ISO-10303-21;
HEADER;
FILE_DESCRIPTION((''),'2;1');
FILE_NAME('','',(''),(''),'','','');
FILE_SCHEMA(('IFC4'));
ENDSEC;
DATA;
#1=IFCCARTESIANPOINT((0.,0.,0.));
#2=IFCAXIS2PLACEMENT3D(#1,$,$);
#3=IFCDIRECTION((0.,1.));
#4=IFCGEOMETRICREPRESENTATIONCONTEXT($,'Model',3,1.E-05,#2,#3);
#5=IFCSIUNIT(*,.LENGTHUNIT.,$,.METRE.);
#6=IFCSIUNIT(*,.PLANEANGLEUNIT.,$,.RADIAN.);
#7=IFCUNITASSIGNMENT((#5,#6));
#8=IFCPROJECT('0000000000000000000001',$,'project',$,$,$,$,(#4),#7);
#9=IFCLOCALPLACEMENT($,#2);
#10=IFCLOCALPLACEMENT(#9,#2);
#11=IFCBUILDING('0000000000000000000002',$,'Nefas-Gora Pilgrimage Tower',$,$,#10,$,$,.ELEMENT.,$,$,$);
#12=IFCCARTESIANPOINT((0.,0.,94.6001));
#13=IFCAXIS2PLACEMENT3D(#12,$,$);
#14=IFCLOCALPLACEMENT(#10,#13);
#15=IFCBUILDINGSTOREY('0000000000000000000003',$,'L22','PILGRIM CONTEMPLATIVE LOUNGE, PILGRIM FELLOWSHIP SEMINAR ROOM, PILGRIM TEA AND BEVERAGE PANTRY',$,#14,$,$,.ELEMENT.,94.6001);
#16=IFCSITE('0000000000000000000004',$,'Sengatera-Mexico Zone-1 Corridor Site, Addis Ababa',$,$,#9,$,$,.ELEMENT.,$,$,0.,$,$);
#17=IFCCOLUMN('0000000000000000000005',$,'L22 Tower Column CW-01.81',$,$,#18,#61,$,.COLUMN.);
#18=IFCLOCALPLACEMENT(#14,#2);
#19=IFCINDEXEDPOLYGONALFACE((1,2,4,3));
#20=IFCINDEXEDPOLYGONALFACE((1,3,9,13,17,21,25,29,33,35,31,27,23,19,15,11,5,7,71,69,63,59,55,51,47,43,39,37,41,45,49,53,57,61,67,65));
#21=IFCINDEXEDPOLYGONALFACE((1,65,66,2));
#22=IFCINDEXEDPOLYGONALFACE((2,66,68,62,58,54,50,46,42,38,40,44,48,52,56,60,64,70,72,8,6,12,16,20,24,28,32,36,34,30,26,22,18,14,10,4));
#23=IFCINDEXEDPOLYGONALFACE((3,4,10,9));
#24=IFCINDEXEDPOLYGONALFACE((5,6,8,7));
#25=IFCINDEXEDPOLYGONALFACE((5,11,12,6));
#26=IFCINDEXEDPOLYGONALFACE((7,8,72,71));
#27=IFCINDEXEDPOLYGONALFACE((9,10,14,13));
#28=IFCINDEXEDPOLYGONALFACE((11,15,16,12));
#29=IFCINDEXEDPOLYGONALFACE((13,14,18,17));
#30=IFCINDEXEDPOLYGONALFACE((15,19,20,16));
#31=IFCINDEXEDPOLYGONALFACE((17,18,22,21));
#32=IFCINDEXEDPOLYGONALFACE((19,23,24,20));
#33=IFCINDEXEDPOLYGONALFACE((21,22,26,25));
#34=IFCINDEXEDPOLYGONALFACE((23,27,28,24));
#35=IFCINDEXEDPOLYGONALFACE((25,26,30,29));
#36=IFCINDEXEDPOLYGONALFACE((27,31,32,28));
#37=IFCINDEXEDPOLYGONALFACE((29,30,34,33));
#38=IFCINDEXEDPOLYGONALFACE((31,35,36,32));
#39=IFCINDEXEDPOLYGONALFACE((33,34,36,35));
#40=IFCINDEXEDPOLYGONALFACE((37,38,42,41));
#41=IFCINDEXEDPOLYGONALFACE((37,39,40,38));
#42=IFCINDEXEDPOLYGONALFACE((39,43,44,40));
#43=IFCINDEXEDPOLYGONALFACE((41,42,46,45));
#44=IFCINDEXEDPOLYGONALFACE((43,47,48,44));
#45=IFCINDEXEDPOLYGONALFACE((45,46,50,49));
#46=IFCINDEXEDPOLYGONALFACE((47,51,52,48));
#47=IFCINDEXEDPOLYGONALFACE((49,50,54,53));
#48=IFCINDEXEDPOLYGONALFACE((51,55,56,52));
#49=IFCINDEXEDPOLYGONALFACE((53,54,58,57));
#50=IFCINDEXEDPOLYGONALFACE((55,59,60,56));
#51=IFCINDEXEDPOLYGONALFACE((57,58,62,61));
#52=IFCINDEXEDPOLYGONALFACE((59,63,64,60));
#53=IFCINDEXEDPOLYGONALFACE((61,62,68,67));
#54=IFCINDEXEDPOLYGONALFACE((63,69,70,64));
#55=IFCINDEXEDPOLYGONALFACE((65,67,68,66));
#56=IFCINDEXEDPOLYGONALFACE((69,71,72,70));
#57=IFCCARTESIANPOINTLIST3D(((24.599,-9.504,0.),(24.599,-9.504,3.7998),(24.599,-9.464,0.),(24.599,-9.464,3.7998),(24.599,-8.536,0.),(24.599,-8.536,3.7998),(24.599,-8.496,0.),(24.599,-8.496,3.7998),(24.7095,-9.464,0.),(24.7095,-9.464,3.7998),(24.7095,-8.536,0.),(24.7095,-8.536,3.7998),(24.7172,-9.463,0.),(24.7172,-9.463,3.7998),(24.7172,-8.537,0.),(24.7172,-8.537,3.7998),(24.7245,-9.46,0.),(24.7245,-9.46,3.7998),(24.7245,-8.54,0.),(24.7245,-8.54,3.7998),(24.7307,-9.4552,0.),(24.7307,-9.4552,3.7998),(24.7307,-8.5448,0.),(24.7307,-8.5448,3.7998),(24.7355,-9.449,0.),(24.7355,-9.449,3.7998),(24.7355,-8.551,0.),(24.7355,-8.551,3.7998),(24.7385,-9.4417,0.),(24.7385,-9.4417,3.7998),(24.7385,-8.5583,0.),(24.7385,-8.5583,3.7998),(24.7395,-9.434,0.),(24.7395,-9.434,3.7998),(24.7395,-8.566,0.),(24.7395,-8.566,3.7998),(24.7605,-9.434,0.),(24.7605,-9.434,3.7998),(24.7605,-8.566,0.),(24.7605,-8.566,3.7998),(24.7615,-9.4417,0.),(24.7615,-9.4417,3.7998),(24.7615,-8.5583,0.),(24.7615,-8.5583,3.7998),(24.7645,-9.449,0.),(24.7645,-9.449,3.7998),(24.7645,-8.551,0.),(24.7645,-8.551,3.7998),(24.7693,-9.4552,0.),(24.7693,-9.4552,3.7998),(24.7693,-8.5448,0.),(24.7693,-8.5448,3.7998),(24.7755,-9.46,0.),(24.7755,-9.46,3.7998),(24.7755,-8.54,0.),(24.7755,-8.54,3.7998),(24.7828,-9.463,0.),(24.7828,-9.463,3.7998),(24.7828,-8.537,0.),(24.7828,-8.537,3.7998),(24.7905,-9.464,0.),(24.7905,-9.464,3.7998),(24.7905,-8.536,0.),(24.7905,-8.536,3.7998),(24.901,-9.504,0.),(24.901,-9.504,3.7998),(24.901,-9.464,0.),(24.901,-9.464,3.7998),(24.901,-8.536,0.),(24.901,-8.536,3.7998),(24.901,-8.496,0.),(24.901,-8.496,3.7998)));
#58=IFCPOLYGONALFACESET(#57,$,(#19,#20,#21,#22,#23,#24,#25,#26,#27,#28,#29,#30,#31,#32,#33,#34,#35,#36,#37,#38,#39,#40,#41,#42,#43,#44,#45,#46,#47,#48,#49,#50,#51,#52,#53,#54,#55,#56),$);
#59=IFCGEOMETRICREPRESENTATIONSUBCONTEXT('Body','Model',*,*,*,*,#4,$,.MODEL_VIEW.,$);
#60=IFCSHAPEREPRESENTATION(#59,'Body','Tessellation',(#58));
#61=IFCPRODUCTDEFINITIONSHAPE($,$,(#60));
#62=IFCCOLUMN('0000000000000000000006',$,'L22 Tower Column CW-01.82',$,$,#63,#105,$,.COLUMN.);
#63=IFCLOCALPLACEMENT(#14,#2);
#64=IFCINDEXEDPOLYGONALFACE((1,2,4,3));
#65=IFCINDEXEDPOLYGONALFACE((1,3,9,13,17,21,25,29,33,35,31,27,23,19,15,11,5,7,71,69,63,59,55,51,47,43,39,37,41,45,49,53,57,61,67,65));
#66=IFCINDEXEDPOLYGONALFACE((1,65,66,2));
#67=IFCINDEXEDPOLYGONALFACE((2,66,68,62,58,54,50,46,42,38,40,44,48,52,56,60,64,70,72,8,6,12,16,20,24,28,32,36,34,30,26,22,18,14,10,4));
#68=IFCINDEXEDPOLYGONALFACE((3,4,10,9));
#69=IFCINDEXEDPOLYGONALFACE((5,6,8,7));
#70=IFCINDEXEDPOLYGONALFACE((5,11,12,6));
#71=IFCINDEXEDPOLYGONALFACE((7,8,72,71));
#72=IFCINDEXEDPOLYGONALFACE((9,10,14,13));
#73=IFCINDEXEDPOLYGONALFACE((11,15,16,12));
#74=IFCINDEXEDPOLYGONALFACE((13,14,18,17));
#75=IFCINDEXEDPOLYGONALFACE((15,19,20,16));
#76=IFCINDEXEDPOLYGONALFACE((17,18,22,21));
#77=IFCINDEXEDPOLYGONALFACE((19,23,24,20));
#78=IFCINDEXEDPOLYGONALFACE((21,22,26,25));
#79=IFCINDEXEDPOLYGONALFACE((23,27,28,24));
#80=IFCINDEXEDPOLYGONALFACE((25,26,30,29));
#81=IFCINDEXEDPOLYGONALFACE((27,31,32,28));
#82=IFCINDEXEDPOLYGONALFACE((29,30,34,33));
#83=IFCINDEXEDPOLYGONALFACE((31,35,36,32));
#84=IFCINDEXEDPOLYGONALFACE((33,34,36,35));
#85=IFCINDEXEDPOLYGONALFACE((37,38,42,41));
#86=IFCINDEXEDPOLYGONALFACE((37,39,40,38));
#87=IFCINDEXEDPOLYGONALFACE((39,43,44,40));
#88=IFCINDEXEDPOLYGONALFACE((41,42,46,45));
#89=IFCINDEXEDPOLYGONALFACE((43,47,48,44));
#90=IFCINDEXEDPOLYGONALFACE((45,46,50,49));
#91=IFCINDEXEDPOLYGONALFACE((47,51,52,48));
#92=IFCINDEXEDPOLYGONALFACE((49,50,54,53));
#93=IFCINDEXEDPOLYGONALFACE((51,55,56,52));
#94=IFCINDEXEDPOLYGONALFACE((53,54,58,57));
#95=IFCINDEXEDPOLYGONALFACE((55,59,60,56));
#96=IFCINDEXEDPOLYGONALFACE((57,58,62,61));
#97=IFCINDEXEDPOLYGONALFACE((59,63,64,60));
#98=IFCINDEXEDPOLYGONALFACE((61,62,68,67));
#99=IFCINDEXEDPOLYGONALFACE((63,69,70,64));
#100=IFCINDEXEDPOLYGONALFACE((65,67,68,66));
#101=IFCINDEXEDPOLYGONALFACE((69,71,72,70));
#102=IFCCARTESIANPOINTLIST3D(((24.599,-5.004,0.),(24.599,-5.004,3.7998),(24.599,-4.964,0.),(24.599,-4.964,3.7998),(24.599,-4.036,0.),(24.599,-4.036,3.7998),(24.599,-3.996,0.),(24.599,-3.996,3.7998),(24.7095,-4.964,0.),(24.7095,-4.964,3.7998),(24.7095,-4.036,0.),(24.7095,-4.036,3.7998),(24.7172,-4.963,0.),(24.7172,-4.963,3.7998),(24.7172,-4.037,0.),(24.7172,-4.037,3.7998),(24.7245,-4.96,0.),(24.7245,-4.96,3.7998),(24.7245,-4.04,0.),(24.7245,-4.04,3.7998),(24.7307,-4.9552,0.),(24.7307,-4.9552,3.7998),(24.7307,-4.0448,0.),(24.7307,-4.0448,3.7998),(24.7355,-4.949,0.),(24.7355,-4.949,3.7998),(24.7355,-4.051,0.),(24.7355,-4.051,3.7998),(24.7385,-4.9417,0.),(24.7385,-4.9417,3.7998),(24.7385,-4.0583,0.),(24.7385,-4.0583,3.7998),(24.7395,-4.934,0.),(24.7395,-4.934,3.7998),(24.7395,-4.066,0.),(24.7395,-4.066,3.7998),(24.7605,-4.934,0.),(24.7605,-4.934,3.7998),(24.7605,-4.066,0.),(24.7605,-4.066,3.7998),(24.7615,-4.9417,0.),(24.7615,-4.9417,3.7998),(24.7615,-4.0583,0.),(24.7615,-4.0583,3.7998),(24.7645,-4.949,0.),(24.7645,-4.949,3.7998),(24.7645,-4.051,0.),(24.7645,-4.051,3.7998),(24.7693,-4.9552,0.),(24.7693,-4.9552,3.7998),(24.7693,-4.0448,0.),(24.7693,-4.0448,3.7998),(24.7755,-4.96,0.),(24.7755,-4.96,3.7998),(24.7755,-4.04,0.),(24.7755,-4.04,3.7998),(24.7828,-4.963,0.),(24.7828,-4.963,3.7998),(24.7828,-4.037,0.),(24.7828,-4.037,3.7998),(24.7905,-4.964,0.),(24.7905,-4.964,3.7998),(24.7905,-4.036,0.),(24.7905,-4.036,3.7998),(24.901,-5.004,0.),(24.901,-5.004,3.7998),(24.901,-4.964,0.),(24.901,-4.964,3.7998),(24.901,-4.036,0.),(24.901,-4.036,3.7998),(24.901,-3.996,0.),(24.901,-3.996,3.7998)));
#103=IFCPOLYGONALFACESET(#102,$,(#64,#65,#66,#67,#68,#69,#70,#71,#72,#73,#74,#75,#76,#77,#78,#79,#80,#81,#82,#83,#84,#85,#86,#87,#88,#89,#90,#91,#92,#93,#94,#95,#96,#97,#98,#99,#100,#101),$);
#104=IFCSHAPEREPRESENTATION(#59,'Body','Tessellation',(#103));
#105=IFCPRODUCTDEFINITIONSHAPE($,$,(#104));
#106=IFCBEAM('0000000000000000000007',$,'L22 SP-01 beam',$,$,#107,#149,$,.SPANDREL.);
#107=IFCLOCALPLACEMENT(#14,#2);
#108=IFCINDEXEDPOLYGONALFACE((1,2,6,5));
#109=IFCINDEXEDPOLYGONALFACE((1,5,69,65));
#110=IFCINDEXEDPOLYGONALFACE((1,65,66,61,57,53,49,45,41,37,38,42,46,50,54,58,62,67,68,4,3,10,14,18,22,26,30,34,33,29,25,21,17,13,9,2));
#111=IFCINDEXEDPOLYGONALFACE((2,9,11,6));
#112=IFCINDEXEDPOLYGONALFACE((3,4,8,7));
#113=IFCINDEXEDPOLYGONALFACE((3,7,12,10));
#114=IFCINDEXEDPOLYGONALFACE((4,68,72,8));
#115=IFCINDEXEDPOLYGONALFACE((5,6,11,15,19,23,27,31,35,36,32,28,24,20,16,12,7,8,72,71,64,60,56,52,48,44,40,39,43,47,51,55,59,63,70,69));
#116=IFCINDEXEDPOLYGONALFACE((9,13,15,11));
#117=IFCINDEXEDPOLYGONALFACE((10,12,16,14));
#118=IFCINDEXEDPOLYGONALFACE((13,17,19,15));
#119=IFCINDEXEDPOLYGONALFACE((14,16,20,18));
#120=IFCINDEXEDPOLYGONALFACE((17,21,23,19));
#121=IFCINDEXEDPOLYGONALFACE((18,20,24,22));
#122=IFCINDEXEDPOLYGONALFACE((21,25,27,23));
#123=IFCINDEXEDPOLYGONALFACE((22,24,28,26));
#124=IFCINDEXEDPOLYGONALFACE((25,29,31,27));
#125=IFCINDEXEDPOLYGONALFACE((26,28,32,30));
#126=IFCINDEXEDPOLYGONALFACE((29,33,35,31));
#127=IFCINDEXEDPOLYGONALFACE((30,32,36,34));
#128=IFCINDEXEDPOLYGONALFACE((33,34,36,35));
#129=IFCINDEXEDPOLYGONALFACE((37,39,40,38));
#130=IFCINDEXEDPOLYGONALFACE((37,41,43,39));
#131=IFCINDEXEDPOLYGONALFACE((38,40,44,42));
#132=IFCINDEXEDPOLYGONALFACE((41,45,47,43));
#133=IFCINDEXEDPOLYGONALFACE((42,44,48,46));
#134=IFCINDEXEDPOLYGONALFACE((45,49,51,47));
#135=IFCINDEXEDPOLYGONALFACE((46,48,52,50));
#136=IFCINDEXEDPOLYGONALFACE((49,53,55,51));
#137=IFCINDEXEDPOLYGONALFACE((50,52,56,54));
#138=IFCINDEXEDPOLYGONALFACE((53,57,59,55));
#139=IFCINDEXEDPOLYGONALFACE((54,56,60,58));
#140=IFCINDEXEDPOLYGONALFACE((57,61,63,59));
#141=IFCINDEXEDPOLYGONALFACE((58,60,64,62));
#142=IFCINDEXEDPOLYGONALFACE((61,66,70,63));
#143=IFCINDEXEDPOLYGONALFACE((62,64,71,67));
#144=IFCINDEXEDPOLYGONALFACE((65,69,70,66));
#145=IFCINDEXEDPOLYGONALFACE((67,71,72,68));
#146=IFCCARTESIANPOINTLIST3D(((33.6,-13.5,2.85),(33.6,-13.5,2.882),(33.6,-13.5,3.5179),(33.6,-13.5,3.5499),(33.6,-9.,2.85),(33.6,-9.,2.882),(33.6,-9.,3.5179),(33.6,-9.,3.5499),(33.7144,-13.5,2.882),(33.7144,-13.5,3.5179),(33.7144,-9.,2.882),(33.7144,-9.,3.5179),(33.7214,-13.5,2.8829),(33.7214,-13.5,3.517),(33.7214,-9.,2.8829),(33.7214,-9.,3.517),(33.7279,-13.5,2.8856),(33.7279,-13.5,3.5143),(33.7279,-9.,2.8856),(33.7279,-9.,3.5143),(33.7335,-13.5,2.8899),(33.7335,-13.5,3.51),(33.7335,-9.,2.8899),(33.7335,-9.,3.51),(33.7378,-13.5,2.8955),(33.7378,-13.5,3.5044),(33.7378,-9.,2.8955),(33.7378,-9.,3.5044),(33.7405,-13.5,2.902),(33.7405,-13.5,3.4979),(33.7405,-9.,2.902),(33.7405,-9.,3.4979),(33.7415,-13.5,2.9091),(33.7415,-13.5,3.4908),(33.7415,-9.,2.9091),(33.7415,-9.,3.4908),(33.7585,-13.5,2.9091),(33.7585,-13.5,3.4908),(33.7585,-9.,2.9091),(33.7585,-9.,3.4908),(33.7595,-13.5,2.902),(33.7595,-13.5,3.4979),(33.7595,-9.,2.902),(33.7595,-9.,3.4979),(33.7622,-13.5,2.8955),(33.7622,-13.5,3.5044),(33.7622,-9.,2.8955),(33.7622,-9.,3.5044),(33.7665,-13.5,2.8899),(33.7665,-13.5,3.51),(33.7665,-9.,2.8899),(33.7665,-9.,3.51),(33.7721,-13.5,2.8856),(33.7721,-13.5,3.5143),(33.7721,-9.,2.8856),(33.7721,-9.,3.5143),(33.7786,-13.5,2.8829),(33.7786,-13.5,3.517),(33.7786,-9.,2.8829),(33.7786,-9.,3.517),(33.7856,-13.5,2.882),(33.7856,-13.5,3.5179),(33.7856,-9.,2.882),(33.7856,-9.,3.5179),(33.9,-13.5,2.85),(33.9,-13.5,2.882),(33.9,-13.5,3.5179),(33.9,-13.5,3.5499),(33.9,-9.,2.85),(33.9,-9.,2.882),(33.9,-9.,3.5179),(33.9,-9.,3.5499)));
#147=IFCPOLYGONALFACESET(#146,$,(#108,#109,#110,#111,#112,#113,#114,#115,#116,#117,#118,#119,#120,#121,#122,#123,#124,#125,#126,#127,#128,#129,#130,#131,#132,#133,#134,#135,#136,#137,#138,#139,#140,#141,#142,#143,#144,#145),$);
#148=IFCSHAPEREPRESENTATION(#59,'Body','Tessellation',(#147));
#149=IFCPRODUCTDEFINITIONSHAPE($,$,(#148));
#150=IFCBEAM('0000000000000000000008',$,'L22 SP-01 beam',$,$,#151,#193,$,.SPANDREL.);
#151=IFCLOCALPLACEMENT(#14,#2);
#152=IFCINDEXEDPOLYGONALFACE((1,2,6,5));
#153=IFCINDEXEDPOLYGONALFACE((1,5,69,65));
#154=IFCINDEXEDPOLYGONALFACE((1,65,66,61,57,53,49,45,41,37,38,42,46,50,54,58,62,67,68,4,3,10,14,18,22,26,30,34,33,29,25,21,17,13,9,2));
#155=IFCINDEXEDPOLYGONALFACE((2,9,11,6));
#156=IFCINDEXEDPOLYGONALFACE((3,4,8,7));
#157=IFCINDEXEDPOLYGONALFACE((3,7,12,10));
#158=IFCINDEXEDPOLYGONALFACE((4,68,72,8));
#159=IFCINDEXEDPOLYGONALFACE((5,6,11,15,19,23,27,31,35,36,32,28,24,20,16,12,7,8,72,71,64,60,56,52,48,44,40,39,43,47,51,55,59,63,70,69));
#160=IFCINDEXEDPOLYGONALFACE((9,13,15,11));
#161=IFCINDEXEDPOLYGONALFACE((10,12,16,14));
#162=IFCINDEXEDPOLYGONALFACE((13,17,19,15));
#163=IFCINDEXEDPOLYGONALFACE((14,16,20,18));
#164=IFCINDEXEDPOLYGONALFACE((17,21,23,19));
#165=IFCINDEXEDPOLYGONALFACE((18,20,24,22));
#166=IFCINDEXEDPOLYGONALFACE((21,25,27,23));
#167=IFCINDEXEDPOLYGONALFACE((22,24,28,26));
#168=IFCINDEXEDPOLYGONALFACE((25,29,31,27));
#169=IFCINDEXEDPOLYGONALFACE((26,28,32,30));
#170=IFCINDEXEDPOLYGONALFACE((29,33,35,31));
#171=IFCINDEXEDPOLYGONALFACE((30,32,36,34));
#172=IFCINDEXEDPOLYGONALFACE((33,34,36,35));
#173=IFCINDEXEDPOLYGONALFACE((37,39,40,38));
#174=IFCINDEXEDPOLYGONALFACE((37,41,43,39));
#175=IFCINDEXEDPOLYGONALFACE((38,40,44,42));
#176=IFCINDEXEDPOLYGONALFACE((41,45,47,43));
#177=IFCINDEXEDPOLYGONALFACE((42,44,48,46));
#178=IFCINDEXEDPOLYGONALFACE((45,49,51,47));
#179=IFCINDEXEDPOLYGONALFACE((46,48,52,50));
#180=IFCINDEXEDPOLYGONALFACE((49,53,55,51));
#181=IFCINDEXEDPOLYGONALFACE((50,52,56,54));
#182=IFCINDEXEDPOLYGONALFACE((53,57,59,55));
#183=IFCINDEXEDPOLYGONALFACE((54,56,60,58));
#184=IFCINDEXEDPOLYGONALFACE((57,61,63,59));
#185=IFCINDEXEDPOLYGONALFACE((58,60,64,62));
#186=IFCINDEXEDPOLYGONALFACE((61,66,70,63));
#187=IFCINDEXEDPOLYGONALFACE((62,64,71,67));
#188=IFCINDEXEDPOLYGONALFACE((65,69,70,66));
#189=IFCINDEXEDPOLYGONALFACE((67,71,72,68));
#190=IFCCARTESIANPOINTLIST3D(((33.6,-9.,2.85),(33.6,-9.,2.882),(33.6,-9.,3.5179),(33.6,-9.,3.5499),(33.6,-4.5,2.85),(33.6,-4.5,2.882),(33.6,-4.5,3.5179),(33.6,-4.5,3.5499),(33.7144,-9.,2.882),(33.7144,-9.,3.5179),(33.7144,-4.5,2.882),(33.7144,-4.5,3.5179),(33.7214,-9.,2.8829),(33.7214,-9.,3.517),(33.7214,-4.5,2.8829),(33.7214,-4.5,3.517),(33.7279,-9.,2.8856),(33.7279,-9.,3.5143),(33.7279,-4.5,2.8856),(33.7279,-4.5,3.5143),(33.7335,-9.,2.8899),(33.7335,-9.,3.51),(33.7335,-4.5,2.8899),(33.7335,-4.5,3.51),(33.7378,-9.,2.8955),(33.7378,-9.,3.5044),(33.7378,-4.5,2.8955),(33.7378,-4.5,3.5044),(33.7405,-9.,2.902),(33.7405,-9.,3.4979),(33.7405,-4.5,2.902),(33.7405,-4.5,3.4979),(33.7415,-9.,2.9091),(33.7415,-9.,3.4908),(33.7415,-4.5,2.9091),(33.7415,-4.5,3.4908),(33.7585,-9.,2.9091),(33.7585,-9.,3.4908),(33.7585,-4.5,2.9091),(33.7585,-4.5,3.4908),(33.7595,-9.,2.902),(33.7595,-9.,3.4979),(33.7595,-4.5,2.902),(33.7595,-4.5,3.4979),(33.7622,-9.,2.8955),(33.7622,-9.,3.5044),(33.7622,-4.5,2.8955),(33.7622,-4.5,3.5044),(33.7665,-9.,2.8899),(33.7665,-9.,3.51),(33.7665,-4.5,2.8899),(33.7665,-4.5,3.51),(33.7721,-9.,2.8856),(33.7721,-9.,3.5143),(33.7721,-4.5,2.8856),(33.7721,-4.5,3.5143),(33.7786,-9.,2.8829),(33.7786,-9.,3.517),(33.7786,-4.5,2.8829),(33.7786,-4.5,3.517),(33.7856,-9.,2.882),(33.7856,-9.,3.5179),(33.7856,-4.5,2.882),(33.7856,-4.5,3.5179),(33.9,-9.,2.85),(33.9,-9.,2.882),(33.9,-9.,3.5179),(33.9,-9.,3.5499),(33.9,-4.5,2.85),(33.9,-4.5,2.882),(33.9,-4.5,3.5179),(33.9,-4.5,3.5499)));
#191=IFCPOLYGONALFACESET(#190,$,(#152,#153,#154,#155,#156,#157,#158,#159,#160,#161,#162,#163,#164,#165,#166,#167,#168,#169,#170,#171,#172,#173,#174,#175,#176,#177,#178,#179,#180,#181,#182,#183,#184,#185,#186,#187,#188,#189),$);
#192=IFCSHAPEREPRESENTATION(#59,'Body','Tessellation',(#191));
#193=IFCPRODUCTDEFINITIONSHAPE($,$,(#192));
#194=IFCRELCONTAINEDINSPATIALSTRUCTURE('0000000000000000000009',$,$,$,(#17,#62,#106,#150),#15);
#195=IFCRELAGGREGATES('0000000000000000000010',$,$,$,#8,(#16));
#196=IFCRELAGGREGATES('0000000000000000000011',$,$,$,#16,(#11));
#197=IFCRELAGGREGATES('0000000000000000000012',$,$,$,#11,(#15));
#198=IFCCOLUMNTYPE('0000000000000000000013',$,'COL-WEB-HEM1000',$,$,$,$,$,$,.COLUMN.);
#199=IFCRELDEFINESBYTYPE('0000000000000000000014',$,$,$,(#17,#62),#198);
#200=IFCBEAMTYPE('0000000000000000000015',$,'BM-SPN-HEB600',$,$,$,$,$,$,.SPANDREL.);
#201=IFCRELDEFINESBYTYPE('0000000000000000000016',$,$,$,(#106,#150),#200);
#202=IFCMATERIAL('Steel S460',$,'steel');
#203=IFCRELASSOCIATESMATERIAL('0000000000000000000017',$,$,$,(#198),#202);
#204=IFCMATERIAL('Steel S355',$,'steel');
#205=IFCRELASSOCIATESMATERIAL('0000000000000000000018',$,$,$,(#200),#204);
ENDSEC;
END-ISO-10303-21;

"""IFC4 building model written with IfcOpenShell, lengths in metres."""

from ifc_helpers import new_model, si_unit, direction, frame, origin, origin_2d, place, context, subcontext, project, spatial, i_section, extrude, source, transform, mapped, material, material_profile, profile_set, type_object, element, save


model = new_model("IFC4")

# Units and contexts
model_context = context("Model", 3, precision=1e-05, world=origin(), true_north=direction((0.0, 1.0)))
body_context = subcontext(model_context, "Body", "Model", "MODEL_VIEW")
ifc_project = project(units=[si_unit("LENGTHUNIT", "METRE"), si_unit("PLANEANGLEUNIT", "RADIAN")], contexts=[model_context])

# Site, building, storey
site_placement = place(None, origin())
site = spatial("IfcSite", under=ifc_project, at=site_placement, Name="Sengatera-Mexico Zone-1 Corridor Site, Addis Ababa", CompositionType="ELEMENT", RefElevation=0.0)
building_placement = place(site_placement, origin())
building = spatial("IfcBuilding", under=site, at=building_placement, Name="Nefas-Gora Pilgrimage Tower", CompositionType="ELEMENT")
storey_placement = place(building_placement, frame((0.0, 0.0, 94.6001)))
storey = spatial("IfcBuildingStorey", under=building, at=storey_placement, Name="L22", Description="PILGRIM CONTEMPLATIVE LOUNGE, PILGRIM FELLOWSHIP SEMINAR ROOM, PILGRIM TEA AND BEVERAGE PANTRY", CompositionType="ELEMENT", Elevation=94.6001)

# Columns
ifc_material_1 = material(Name="Steel S460", Category="steel")
ifc_material_profile_1 = material_profile(ifc_material_1, i_section(OverallWidth=0.302, OverallDepth=1.0081, WebThickness=0.021, FlangeThickness=0.04, FilletRadius=0.03, at=origin_2d()), Name="HEM 1000")
ifc_profile_set_1 = profile_set([ifc_material_profile_1], Name="Steel S460")
column_type_1 = type_object("IfcColumnType", Name="COL-WEB-HEM1000", PredefinedType="COLUMN", material=ifc_profile_set_1)
shared_shape_1 = source(origin(), body_context, "Body", "SweptSolid", [
    extrude(i_section(OverallWidth=0.302, OverallDepth=1.0081, WebThickness=0.021, FlangeThickness=0.04, FilletRadius=0.03, at=origin_2d()), origin(), (0.0, 0.0, 1.0), 3.7998),
])
for number, where, z_axis, x_axis, name in (
    (1, (24.75, -9.0, 0.0), (0.0, 0.0, 1.0), (1.0, 0.0, 0.0), "L22 Tower Column CW-01.81"),
    (2, (24.75, -4.5, 0.0), (0.0, 0.0, 1.0), (1.0, 0.0, 0.0), "L22 Tower Column CW-01.82"),
):
    element("IfcColumn", number, at=place(storey_placement, frame(where, z_axis=z_axis, x_axis=x_axis)), inside=storey, type_object=column_type_1, Name=name, PredefinedType="COLUMN", context=body_context, shape_type="MappedRepresentation", body=[
        mapped(shared_shape_1, transform((0.0, 0.0, 0.0), x_axis=(1.0, 0.0, 0.0), y_axis=(0.0, 1.0, 0.0), z_axis=(0.0, 0.0, 1.0), scale=1.0)),
    ])

# Beams
ifc_material_2 = material(Name="Steel S355", Category="steel")
ifc_material_profile_2 = material_profile(ifc_material_2, i_section(OverallWidth=0.3, OverallDepth=0.7, WebThickness=0.0171, FlangeThickness=0.032, FilletRadius=0.0271, at=origin_2d()), Name="HEB 700")
ifc_profile_set_2 = profile_set([ifc_material_profile_2], Name="Steel S355")
beam_type_1 = type_object("IfcBeamType", Name="BM-SPN-HEB600", PredefinedType="SPANDREL", material=ifc_profile_set_2)
shared_shape_2 = source(origin(), body_context, "Body", "SweptSolid", [
    extrude(i_section(OverallWidth=0.3, OverallDepth=0.7, WebThickness=0.0171, FlangeThickness=0.032, FilletRadius=0.0271, at=origin_2d()), origin(), (0.0, 0.0, 1.0), 4.5),
])
for number, where, z_axis, x_axis, name in (
    (3, (33.75, -13.5, 3.2), (0.0, 1.0, 0.0), (-1.0, 0.0, 0.0), "L22 SP-01 beam"),
    (4, (33.75, -9.0, 3.2), (0.0, 1.0, 0.0), (-1.0, 0.0, 0.0), "L22 SP-01 beam"),
):
    element("IfcBeam", number, at=place(storey_placement, frame(where, z_axis=z_axis, x_axis=x_axis)), inside=storey, type_object=beam_type_1, Name=name, PredefinedType="SPANDREL", context=body_context, shape_type="MappedRepresentation", body=[
        mapped(shared_shape_2, transform((0.0, 0.0, 0.0), x_axis=(1.0, 0.0, 0.0), y_axis=(0.0, 1.0, 0.0), z_axis=(0.0, 0.0, 1.0), scale=1.0)),
    ])

save(model, "model.ifc")
